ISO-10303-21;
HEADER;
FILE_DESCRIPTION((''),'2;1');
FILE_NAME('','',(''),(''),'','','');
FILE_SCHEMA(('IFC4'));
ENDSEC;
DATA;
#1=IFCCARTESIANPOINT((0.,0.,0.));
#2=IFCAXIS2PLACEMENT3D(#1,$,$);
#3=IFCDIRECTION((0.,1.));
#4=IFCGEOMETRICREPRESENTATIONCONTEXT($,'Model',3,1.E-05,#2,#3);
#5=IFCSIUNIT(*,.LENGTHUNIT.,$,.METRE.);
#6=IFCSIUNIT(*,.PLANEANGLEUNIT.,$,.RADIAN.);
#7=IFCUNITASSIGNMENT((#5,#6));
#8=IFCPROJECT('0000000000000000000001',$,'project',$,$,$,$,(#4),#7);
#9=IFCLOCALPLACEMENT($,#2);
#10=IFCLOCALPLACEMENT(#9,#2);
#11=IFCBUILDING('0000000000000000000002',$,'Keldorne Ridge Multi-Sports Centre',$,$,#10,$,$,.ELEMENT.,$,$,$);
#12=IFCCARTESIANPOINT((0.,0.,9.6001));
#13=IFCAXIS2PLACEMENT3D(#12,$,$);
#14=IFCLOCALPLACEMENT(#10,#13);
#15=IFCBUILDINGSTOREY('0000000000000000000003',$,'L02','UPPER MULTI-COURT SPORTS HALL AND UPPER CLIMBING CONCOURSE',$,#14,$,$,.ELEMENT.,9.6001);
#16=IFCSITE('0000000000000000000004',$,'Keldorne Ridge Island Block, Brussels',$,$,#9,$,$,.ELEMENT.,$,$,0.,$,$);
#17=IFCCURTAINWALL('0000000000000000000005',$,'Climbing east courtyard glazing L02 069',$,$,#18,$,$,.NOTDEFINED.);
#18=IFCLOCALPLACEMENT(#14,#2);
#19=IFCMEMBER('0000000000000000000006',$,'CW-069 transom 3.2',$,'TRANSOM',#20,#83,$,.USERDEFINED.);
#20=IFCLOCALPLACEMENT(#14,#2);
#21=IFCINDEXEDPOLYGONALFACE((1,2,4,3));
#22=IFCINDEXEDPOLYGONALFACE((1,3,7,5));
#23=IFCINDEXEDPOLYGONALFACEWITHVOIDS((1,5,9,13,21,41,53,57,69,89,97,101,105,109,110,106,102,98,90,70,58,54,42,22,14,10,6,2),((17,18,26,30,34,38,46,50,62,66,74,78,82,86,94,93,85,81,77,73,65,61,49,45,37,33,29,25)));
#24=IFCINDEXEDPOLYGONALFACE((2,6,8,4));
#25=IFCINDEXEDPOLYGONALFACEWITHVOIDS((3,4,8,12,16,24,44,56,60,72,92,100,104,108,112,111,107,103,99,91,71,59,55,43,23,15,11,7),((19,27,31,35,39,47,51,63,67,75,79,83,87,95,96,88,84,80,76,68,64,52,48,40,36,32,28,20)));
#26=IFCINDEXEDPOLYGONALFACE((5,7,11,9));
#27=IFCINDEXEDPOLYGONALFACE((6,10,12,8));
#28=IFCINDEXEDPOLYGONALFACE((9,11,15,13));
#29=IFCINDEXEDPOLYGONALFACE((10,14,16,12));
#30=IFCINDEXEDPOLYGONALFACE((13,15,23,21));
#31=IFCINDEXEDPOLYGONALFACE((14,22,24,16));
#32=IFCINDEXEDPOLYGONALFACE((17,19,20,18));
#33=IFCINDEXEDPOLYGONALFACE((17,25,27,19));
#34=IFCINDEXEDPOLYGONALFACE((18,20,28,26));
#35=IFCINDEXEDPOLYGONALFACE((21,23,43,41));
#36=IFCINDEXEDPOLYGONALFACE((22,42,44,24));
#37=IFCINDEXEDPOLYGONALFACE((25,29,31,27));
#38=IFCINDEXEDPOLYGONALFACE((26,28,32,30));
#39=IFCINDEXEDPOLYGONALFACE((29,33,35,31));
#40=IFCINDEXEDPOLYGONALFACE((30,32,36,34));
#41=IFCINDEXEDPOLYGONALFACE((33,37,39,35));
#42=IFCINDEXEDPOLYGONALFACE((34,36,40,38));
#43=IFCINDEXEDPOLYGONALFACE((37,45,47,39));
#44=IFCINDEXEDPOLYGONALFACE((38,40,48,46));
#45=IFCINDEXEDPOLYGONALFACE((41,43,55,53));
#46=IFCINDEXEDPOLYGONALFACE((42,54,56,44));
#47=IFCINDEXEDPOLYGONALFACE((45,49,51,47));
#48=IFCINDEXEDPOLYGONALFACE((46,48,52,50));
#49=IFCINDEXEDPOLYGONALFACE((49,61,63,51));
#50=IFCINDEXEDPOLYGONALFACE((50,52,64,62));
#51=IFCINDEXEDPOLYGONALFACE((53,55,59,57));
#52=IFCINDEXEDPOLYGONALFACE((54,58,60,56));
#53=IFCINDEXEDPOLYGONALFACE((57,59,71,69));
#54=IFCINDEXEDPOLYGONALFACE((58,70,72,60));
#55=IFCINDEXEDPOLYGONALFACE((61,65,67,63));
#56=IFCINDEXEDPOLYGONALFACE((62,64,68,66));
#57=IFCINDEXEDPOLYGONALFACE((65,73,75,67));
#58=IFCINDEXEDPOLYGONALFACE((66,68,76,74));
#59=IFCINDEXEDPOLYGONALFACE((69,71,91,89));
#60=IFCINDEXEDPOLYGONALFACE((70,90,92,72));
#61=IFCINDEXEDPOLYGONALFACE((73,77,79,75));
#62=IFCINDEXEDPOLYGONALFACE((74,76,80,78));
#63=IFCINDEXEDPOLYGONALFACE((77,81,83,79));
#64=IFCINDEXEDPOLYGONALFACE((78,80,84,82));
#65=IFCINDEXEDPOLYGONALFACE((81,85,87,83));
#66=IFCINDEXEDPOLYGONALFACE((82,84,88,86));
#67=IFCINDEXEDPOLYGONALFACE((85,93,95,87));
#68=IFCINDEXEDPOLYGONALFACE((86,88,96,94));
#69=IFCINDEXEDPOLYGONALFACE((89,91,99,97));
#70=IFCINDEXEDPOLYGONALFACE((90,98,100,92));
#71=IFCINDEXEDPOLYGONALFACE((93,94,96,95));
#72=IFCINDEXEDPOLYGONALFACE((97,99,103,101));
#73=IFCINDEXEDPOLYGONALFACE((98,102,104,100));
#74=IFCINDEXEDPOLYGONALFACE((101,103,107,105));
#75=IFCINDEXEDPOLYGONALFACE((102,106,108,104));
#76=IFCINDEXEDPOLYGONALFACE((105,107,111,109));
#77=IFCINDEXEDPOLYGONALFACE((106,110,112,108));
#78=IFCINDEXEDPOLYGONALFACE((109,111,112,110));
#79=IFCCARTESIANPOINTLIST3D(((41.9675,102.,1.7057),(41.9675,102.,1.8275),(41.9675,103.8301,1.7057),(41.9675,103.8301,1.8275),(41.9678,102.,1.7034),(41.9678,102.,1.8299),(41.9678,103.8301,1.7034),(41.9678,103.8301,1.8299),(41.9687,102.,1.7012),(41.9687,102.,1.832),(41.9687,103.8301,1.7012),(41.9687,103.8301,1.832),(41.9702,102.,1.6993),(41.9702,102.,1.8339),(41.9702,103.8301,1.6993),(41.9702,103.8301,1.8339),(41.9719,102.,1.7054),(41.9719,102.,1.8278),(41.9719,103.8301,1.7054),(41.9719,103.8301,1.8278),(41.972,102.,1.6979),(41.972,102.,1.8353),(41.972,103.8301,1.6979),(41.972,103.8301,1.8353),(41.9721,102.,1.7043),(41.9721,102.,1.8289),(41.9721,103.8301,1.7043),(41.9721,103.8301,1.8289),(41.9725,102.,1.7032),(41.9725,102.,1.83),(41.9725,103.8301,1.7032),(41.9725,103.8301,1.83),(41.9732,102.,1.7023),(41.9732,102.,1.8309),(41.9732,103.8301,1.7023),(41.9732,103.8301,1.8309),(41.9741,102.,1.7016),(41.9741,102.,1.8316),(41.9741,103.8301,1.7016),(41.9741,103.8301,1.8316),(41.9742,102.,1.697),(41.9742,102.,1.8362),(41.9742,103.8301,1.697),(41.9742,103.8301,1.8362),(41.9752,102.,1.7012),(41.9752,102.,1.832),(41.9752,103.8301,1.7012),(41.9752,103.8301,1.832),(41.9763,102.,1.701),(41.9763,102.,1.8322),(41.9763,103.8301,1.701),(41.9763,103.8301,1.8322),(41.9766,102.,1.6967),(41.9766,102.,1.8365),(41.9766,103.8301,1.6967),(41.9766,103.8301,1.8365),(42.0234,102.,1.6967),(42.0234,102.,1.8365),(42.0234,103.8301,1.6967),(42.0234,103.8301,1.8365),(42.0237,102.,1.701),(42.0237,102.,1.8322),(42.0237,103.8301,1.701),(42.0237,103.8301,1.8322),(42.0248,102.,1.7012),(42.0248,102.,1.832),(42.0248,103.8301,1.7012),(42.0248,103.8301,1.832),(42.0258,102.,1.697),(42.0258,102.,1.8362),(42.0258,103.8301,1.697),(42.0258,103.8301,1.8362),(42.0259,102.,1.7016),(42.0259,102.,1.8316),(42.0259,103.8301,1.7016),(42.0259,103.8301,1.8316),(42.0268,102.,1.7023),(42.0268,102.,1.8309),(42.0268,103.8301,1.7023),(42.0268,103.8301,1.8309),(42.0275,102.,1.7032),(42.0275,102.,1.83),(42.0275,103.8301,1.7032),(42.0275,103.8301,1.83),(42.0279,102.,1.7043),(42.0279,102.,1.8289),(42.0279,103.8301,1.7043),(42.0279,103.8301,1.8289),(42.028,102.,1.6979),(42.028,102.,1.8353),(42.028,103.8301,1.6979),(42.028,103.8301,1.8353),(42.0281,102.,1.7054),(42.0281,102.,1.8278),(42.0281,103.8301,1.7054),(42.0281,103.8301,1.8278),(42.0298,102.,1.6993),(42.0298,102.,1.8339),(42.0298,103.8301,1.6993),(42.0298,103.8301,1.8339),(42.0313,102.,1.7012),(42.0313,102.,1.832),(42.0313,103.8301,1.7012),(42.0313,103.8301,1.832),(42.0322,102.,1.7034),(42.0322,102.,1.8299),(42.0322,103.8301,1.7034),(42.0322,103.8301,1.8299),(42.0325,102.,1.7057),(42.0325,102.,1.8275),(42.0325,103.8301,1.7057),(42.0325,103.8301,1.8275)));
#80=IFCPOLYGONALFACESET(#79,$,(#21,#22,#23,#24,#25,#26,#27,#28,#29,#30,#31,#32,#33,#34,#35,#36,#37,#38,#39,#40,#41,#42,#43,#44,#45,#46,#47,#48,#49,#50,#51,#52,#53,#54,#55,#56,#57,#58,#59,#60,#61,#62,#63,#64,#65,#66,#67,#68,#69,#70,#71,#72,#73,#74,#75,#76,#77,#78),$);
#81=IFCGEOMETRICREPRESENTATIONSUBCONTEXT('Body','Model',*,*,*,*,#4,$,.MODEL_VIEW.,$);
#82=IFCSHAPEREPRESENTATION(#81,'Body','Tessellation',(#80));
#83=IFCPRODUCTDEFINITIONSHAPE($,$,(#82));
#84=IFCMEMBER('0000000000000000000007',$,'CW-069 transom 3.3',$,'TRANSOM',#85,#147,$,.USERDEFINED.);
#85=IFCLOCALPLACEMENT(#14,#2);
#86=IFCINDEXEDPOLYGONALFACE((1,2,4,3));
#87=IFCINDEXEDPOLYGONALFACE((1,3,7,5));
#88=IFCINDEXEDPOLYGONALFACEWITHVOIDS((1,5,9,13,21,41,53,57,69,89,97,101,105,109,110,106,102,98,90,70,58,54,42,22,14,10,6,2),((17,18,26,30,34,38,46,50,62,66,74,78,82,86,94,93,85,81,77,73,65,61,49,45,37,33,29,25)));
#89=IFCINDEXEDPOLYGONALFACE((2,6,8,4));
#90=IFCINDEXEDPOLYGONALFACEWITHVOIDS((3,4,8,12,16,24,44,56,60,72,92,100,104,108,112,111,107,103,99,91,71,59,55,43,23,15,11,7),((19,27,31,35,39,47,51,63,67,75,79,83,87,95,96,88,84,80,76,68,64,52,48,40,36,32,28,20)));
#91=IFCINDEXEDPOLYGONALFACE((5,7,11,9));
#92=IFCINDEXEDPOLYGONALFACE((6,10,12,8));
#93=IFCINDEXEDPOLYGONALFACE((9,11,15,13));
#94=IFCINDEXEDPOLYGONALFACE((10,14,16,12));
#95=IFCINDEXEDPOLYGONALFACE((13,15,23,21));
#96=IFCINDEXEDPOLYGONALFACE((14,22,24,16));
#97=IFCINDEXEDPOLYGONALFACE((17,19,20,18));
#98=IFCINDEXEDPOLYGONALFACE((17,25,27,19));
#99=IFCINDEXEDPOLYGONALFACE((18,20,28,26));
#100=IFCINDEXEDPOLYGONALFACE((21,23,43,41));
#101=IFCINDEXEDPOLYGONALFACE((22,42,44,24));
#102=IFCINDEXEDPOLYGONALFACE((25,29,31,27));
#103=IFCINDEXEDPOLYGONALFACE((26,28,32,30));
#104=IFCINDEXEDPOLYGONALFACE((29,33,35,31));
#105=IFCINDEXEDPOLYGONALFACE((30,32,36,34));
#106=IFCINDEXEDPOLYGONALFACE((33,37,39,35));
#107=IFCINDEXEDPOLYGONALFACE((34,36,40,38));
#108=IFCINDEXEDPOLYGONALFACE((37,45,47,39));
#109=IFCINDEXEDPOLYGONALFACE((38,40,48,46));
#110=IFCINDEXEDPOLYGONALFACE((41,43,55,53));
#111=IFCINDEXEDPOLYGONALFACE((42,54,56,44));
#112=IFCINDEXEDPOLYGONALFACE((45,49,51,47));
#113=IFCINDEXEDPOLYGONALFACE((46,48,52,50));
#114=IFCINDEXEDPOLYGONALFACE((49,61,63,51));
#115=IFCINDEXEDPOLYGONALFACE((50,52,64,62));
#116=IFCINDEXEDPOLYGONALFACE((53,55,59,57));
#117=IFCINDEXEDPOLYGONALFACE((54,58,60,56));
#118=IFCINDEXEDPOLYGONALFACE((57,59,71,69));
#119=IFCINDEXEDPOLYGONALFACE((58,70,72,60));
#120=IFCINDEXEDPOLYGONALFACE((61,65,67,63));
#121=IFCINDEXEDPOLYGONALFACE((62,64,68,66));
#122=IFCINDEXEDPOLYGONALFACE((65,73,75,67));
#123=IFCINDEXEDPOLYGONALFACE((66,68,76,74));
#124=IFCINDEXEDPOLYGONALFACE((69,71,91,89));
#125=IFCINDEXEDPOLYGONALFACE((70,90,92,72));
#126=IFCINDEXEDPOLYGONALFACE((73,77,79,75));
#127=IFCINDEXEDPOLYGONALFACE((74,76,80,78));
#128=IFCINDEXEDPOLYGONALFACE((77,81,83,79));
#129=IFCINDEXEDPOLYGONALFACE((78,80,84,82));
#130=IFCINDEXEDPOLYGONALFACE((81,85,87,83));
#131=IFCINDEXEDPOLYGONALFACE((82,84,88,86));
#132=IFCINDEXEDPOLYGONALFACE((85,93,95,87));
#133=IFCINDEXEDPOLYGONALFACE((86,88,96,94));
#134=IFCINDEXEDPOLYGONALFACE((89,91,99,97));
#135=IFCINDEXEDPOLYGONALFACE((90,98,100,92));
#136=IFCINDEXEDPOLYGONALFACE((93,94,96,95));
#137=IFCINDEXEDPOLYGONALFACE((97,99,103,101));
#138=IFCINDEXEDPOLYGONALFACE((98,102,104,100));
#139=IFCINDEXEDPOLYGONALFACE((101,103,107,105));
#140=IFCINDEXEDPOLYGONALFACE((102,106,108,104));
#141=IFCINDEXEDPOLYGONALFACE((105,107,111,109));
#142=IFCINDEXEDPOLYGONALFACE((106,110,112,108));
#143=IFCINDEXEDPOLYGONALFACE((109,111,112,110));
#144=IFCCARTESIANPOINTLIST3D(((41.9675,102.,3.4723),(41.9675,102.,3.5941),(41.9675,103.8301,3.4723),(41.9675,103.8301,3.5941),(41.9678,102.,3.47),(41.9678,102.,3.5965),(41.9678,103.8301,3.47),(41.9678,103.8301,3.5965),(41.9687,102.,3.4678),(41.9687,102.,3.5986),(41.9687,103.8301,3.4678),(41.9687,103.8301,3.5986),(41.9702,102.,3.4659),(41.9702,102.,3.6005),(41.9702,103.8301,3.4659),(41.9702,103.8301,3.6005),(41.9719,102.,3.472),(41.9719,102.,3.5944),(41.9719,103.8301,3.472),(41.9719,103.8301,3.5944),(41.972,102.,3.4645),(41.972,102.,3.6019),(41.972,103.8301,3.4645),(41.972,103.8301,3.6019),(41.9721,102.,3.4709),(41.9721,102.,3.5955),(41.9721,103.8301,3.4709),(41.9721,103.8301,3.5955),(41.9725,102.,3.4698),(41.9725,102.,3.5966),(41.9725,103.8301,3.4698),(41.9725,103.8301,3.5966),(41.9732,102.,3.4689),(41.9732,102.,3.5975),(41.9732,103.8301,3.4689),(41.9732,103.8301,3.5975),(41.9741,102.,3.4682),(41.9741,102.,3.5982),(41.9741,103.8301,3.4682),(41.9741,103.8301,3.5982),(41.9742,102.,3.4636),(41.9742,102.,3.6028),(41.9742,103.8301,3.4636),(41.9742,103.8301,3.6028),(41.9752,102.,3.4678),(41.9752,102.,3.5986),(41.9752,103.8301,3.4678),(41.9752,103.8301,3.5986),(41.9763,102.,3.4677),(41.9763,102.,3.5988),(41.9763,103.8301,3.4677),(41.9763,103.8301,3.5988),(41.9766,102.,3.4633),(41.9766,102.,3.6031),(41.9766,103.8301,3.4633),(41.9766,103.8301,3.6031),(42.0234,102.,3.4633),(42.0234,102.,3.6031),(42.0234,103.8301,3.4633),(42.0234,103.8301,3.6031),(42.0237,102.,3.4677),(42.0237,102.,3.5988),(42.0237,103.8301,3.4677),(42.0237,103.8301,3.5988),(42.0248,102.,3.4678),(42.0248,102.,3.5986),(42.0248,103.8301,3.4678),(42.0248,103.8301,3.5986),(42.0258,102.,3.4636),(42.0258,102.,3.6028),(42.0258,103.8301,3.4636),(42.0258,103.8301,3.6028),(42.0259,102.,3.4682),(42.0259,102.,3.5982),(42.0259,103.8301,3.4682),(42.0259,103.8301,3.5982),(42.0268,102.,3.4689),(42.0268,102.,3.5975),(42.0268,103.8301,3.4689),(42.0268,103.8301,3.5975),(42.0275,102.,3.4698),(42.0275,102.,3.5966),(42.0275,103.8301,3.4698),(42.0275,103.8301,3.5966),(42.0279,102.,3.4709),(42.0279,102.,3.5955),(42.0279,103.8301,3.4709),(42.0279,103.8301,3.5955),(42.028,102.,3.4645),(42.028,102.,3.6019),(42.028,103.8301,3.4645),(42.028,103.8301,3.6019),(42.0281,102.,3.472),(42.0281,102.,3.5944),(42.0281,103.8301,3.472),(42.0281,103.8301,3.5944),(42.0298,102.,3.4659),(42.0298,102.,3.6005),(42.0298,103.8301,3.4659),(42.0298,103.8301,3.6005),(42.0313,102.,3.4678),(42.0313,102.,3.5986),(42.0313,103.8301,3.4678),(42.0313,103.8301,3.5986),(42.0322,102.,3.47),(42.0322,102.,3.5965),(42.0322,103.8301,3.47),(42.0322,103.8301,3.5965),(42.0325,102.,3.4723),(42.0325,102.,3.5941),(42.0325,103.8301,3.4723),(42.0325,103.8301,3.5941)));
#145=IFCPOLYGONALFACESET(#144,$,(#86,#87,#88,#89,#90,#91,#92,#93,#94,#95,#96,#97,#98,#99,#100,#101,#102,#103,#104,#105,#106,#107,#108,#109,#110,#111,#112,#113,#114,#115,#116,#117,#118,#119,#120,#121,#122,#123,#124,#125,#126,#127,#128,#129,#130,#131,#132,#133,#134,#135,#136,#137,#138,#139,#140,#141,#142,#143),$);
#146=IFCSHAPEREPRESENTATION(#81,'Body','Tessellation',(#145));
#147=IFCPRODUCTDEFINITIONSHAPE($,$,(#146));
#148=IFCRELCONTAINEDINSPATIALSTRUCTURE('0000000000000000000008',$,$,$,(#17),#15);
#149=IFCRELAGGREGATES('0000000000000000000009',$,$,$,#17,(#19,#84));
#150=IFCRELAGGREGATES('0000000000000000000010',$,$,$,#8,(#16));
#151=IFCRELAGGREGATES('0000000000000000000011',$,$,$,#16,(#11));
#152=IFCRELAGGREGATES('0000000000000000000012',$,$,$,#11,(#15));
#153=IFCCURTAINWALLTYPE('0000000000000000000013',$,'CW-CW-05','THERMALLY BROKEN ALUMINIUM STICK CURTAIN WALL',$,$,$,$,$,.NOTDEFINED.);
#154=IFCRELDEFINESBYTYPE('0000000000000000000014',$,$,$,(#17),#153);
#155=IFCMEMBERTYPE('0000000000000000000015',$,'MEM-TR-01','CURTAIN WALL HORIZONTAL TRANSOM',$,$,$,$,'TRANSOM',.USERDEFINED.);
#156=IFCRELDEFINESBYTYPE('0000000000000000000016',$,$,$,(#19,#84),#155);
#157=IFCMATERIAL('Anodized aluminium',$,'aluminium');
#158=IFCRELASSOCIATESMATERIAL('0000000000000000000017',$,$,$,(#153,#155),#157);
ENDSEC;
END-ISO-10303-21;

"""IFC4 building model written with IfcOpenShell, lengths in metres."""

from ifc_helpers import new_model, si_unit, direction, frame, origin, origin_2d, place, context, subcontext, project, spatial, hollow_rectangle, extrude, material, material_profile, profile_set, type_object, element, aggregate, save


model = new_model("IFC4")

# Units and contexts
model_context = context("Model", 3, precision=1e-05, world=origin(), true_north=direction((0.0, 1.0)))
body_context = subcontext(model_context, "Body", "Model", "MODEL_VIEW")
ifc_project = project(units=[si_unit("LENGTHUNIT", "METRE"), si_unit("PLANEANGLEUNIT", "RADIAN")], contexts=[model_context])

# Site, building, storey
site_placement = place(None, origin())
site = spatial("IfcSite", under=ifc_project, at=site_placement, Name="Keldorne Ridge Island Block, Brussels", CompositionType="ELEMENT", RefElevation=0.0)
building_placement = place(site_placement, origin())
building = spatial("IfcBuilding", under=site, at=building_placement, Name="Keldorne Ridge Multi-Sports Centre", CompositionType="ELEMENT")
storey_placement = place(building_placement, frame((0.0, 0.0, 9.6001)))
storey = spatial("IfcBuildingStorey", under=building, at=storey_placement, Name="L02", Description="UPPER MULTI-COURT SPORTS HALL AND UPPER CLIMBING CONCOURSE", CompositionType="ELEMENT", Elevation=9.6001)

# Curtain wall, members
ifc_material_1 = material(Name="Anodized aluminium", Category="aluminium")
curtain_wall_type = type_object("IfcCurtainWallType", Name="CW-CW-05", Description="THERMALLY BROKEN ALUMINIUM STICK CURTAIN WALL", PredefinedType="NOTDEFINED", material=ifc_material_1)
curtain_wall_placement = place(storey_placement, origin())
curtain_wall = element("IfcCurtainWall", 1, at=curtain_wall_placement, inside=storey, type_object=curtain_wall_type, Name="Climbing east courtyard glazing L02 069", PredefinedType="NOTDEFINED")
ifc_material_profile_1 = material_profile(ifc_material_1, hollow_rectangle(XDim=0.0649, YDim=0.1399, WallThickness=0.0044, InnerFilletRadius=0.0044, OuterFilletRadius=0.009, at=origin_2d()), Name="ALU TRANSOM 140x65x4.5")
ifc_profile_set_1 = profile_set([ifc_material_profile_1], Name="Anodized aluminium")
member_type_1 = type_object("IfcMemberType", Name="MEM-TR-01", Description="CURTAIN WALL HORIZONTAL TRANSOM", ElementType="TRANSOM", PredefinedType="USERDEFINED", material=ifc_profile_set_1)
member_1_placement = place(storey_placement, frame((42.0, 102.0, 1.7666), z_axis=(0.0, 1.0, 0.0), x_axis=(-1.0, 0.0, 0.0)))
member_1 = element("IfcMember", 2, at=member_1_placement, type_object=member_type_1, Name="CW-069 transom 3.2", ObjectType="TRANSOM", PredefinedType="USERDEFINED", context=body_context, shape_type="SweptSolid", body=[
    extrude(hollow_rectangle(XDim=0.0649, YDim=0.1399, WallThickness=0.0044, InnerFilletRadius=0.0044, OuterFilletRadius=0.009, at=origin_2d()), origin(), (0.0, 0.0, 1.0), 1.8301),
])
member_2_placement = place(storey_placement, frame((42.0, 102.0, 3.5332), z_axis=(0.0, 1.0, 0.0), x_axis=(-1.0, 0.0, 0.0)))
member_2 = element("IfcMember", 3, at=member_2_placement, type_object=member_type_1, Name="CW-069 transom 3.3", ObjectType="TRANSOM", PredefinedType="USERDEFINED", context=body_context, shape_type="SweptSolid", body=[
    extrude(hollow_rectangle(XDim=0.0649, YDim=0.1399, WallThickness=0.0044, InnerFilletRadius=0.0044, OuterFilletRadius=0.009, at=origin_2d()), origin(), (0.0, 0.0, 1.0), 1.8301),
])
aggregate(curtain_wall, [member_1, member_2])

save(model, "model.ifc")
